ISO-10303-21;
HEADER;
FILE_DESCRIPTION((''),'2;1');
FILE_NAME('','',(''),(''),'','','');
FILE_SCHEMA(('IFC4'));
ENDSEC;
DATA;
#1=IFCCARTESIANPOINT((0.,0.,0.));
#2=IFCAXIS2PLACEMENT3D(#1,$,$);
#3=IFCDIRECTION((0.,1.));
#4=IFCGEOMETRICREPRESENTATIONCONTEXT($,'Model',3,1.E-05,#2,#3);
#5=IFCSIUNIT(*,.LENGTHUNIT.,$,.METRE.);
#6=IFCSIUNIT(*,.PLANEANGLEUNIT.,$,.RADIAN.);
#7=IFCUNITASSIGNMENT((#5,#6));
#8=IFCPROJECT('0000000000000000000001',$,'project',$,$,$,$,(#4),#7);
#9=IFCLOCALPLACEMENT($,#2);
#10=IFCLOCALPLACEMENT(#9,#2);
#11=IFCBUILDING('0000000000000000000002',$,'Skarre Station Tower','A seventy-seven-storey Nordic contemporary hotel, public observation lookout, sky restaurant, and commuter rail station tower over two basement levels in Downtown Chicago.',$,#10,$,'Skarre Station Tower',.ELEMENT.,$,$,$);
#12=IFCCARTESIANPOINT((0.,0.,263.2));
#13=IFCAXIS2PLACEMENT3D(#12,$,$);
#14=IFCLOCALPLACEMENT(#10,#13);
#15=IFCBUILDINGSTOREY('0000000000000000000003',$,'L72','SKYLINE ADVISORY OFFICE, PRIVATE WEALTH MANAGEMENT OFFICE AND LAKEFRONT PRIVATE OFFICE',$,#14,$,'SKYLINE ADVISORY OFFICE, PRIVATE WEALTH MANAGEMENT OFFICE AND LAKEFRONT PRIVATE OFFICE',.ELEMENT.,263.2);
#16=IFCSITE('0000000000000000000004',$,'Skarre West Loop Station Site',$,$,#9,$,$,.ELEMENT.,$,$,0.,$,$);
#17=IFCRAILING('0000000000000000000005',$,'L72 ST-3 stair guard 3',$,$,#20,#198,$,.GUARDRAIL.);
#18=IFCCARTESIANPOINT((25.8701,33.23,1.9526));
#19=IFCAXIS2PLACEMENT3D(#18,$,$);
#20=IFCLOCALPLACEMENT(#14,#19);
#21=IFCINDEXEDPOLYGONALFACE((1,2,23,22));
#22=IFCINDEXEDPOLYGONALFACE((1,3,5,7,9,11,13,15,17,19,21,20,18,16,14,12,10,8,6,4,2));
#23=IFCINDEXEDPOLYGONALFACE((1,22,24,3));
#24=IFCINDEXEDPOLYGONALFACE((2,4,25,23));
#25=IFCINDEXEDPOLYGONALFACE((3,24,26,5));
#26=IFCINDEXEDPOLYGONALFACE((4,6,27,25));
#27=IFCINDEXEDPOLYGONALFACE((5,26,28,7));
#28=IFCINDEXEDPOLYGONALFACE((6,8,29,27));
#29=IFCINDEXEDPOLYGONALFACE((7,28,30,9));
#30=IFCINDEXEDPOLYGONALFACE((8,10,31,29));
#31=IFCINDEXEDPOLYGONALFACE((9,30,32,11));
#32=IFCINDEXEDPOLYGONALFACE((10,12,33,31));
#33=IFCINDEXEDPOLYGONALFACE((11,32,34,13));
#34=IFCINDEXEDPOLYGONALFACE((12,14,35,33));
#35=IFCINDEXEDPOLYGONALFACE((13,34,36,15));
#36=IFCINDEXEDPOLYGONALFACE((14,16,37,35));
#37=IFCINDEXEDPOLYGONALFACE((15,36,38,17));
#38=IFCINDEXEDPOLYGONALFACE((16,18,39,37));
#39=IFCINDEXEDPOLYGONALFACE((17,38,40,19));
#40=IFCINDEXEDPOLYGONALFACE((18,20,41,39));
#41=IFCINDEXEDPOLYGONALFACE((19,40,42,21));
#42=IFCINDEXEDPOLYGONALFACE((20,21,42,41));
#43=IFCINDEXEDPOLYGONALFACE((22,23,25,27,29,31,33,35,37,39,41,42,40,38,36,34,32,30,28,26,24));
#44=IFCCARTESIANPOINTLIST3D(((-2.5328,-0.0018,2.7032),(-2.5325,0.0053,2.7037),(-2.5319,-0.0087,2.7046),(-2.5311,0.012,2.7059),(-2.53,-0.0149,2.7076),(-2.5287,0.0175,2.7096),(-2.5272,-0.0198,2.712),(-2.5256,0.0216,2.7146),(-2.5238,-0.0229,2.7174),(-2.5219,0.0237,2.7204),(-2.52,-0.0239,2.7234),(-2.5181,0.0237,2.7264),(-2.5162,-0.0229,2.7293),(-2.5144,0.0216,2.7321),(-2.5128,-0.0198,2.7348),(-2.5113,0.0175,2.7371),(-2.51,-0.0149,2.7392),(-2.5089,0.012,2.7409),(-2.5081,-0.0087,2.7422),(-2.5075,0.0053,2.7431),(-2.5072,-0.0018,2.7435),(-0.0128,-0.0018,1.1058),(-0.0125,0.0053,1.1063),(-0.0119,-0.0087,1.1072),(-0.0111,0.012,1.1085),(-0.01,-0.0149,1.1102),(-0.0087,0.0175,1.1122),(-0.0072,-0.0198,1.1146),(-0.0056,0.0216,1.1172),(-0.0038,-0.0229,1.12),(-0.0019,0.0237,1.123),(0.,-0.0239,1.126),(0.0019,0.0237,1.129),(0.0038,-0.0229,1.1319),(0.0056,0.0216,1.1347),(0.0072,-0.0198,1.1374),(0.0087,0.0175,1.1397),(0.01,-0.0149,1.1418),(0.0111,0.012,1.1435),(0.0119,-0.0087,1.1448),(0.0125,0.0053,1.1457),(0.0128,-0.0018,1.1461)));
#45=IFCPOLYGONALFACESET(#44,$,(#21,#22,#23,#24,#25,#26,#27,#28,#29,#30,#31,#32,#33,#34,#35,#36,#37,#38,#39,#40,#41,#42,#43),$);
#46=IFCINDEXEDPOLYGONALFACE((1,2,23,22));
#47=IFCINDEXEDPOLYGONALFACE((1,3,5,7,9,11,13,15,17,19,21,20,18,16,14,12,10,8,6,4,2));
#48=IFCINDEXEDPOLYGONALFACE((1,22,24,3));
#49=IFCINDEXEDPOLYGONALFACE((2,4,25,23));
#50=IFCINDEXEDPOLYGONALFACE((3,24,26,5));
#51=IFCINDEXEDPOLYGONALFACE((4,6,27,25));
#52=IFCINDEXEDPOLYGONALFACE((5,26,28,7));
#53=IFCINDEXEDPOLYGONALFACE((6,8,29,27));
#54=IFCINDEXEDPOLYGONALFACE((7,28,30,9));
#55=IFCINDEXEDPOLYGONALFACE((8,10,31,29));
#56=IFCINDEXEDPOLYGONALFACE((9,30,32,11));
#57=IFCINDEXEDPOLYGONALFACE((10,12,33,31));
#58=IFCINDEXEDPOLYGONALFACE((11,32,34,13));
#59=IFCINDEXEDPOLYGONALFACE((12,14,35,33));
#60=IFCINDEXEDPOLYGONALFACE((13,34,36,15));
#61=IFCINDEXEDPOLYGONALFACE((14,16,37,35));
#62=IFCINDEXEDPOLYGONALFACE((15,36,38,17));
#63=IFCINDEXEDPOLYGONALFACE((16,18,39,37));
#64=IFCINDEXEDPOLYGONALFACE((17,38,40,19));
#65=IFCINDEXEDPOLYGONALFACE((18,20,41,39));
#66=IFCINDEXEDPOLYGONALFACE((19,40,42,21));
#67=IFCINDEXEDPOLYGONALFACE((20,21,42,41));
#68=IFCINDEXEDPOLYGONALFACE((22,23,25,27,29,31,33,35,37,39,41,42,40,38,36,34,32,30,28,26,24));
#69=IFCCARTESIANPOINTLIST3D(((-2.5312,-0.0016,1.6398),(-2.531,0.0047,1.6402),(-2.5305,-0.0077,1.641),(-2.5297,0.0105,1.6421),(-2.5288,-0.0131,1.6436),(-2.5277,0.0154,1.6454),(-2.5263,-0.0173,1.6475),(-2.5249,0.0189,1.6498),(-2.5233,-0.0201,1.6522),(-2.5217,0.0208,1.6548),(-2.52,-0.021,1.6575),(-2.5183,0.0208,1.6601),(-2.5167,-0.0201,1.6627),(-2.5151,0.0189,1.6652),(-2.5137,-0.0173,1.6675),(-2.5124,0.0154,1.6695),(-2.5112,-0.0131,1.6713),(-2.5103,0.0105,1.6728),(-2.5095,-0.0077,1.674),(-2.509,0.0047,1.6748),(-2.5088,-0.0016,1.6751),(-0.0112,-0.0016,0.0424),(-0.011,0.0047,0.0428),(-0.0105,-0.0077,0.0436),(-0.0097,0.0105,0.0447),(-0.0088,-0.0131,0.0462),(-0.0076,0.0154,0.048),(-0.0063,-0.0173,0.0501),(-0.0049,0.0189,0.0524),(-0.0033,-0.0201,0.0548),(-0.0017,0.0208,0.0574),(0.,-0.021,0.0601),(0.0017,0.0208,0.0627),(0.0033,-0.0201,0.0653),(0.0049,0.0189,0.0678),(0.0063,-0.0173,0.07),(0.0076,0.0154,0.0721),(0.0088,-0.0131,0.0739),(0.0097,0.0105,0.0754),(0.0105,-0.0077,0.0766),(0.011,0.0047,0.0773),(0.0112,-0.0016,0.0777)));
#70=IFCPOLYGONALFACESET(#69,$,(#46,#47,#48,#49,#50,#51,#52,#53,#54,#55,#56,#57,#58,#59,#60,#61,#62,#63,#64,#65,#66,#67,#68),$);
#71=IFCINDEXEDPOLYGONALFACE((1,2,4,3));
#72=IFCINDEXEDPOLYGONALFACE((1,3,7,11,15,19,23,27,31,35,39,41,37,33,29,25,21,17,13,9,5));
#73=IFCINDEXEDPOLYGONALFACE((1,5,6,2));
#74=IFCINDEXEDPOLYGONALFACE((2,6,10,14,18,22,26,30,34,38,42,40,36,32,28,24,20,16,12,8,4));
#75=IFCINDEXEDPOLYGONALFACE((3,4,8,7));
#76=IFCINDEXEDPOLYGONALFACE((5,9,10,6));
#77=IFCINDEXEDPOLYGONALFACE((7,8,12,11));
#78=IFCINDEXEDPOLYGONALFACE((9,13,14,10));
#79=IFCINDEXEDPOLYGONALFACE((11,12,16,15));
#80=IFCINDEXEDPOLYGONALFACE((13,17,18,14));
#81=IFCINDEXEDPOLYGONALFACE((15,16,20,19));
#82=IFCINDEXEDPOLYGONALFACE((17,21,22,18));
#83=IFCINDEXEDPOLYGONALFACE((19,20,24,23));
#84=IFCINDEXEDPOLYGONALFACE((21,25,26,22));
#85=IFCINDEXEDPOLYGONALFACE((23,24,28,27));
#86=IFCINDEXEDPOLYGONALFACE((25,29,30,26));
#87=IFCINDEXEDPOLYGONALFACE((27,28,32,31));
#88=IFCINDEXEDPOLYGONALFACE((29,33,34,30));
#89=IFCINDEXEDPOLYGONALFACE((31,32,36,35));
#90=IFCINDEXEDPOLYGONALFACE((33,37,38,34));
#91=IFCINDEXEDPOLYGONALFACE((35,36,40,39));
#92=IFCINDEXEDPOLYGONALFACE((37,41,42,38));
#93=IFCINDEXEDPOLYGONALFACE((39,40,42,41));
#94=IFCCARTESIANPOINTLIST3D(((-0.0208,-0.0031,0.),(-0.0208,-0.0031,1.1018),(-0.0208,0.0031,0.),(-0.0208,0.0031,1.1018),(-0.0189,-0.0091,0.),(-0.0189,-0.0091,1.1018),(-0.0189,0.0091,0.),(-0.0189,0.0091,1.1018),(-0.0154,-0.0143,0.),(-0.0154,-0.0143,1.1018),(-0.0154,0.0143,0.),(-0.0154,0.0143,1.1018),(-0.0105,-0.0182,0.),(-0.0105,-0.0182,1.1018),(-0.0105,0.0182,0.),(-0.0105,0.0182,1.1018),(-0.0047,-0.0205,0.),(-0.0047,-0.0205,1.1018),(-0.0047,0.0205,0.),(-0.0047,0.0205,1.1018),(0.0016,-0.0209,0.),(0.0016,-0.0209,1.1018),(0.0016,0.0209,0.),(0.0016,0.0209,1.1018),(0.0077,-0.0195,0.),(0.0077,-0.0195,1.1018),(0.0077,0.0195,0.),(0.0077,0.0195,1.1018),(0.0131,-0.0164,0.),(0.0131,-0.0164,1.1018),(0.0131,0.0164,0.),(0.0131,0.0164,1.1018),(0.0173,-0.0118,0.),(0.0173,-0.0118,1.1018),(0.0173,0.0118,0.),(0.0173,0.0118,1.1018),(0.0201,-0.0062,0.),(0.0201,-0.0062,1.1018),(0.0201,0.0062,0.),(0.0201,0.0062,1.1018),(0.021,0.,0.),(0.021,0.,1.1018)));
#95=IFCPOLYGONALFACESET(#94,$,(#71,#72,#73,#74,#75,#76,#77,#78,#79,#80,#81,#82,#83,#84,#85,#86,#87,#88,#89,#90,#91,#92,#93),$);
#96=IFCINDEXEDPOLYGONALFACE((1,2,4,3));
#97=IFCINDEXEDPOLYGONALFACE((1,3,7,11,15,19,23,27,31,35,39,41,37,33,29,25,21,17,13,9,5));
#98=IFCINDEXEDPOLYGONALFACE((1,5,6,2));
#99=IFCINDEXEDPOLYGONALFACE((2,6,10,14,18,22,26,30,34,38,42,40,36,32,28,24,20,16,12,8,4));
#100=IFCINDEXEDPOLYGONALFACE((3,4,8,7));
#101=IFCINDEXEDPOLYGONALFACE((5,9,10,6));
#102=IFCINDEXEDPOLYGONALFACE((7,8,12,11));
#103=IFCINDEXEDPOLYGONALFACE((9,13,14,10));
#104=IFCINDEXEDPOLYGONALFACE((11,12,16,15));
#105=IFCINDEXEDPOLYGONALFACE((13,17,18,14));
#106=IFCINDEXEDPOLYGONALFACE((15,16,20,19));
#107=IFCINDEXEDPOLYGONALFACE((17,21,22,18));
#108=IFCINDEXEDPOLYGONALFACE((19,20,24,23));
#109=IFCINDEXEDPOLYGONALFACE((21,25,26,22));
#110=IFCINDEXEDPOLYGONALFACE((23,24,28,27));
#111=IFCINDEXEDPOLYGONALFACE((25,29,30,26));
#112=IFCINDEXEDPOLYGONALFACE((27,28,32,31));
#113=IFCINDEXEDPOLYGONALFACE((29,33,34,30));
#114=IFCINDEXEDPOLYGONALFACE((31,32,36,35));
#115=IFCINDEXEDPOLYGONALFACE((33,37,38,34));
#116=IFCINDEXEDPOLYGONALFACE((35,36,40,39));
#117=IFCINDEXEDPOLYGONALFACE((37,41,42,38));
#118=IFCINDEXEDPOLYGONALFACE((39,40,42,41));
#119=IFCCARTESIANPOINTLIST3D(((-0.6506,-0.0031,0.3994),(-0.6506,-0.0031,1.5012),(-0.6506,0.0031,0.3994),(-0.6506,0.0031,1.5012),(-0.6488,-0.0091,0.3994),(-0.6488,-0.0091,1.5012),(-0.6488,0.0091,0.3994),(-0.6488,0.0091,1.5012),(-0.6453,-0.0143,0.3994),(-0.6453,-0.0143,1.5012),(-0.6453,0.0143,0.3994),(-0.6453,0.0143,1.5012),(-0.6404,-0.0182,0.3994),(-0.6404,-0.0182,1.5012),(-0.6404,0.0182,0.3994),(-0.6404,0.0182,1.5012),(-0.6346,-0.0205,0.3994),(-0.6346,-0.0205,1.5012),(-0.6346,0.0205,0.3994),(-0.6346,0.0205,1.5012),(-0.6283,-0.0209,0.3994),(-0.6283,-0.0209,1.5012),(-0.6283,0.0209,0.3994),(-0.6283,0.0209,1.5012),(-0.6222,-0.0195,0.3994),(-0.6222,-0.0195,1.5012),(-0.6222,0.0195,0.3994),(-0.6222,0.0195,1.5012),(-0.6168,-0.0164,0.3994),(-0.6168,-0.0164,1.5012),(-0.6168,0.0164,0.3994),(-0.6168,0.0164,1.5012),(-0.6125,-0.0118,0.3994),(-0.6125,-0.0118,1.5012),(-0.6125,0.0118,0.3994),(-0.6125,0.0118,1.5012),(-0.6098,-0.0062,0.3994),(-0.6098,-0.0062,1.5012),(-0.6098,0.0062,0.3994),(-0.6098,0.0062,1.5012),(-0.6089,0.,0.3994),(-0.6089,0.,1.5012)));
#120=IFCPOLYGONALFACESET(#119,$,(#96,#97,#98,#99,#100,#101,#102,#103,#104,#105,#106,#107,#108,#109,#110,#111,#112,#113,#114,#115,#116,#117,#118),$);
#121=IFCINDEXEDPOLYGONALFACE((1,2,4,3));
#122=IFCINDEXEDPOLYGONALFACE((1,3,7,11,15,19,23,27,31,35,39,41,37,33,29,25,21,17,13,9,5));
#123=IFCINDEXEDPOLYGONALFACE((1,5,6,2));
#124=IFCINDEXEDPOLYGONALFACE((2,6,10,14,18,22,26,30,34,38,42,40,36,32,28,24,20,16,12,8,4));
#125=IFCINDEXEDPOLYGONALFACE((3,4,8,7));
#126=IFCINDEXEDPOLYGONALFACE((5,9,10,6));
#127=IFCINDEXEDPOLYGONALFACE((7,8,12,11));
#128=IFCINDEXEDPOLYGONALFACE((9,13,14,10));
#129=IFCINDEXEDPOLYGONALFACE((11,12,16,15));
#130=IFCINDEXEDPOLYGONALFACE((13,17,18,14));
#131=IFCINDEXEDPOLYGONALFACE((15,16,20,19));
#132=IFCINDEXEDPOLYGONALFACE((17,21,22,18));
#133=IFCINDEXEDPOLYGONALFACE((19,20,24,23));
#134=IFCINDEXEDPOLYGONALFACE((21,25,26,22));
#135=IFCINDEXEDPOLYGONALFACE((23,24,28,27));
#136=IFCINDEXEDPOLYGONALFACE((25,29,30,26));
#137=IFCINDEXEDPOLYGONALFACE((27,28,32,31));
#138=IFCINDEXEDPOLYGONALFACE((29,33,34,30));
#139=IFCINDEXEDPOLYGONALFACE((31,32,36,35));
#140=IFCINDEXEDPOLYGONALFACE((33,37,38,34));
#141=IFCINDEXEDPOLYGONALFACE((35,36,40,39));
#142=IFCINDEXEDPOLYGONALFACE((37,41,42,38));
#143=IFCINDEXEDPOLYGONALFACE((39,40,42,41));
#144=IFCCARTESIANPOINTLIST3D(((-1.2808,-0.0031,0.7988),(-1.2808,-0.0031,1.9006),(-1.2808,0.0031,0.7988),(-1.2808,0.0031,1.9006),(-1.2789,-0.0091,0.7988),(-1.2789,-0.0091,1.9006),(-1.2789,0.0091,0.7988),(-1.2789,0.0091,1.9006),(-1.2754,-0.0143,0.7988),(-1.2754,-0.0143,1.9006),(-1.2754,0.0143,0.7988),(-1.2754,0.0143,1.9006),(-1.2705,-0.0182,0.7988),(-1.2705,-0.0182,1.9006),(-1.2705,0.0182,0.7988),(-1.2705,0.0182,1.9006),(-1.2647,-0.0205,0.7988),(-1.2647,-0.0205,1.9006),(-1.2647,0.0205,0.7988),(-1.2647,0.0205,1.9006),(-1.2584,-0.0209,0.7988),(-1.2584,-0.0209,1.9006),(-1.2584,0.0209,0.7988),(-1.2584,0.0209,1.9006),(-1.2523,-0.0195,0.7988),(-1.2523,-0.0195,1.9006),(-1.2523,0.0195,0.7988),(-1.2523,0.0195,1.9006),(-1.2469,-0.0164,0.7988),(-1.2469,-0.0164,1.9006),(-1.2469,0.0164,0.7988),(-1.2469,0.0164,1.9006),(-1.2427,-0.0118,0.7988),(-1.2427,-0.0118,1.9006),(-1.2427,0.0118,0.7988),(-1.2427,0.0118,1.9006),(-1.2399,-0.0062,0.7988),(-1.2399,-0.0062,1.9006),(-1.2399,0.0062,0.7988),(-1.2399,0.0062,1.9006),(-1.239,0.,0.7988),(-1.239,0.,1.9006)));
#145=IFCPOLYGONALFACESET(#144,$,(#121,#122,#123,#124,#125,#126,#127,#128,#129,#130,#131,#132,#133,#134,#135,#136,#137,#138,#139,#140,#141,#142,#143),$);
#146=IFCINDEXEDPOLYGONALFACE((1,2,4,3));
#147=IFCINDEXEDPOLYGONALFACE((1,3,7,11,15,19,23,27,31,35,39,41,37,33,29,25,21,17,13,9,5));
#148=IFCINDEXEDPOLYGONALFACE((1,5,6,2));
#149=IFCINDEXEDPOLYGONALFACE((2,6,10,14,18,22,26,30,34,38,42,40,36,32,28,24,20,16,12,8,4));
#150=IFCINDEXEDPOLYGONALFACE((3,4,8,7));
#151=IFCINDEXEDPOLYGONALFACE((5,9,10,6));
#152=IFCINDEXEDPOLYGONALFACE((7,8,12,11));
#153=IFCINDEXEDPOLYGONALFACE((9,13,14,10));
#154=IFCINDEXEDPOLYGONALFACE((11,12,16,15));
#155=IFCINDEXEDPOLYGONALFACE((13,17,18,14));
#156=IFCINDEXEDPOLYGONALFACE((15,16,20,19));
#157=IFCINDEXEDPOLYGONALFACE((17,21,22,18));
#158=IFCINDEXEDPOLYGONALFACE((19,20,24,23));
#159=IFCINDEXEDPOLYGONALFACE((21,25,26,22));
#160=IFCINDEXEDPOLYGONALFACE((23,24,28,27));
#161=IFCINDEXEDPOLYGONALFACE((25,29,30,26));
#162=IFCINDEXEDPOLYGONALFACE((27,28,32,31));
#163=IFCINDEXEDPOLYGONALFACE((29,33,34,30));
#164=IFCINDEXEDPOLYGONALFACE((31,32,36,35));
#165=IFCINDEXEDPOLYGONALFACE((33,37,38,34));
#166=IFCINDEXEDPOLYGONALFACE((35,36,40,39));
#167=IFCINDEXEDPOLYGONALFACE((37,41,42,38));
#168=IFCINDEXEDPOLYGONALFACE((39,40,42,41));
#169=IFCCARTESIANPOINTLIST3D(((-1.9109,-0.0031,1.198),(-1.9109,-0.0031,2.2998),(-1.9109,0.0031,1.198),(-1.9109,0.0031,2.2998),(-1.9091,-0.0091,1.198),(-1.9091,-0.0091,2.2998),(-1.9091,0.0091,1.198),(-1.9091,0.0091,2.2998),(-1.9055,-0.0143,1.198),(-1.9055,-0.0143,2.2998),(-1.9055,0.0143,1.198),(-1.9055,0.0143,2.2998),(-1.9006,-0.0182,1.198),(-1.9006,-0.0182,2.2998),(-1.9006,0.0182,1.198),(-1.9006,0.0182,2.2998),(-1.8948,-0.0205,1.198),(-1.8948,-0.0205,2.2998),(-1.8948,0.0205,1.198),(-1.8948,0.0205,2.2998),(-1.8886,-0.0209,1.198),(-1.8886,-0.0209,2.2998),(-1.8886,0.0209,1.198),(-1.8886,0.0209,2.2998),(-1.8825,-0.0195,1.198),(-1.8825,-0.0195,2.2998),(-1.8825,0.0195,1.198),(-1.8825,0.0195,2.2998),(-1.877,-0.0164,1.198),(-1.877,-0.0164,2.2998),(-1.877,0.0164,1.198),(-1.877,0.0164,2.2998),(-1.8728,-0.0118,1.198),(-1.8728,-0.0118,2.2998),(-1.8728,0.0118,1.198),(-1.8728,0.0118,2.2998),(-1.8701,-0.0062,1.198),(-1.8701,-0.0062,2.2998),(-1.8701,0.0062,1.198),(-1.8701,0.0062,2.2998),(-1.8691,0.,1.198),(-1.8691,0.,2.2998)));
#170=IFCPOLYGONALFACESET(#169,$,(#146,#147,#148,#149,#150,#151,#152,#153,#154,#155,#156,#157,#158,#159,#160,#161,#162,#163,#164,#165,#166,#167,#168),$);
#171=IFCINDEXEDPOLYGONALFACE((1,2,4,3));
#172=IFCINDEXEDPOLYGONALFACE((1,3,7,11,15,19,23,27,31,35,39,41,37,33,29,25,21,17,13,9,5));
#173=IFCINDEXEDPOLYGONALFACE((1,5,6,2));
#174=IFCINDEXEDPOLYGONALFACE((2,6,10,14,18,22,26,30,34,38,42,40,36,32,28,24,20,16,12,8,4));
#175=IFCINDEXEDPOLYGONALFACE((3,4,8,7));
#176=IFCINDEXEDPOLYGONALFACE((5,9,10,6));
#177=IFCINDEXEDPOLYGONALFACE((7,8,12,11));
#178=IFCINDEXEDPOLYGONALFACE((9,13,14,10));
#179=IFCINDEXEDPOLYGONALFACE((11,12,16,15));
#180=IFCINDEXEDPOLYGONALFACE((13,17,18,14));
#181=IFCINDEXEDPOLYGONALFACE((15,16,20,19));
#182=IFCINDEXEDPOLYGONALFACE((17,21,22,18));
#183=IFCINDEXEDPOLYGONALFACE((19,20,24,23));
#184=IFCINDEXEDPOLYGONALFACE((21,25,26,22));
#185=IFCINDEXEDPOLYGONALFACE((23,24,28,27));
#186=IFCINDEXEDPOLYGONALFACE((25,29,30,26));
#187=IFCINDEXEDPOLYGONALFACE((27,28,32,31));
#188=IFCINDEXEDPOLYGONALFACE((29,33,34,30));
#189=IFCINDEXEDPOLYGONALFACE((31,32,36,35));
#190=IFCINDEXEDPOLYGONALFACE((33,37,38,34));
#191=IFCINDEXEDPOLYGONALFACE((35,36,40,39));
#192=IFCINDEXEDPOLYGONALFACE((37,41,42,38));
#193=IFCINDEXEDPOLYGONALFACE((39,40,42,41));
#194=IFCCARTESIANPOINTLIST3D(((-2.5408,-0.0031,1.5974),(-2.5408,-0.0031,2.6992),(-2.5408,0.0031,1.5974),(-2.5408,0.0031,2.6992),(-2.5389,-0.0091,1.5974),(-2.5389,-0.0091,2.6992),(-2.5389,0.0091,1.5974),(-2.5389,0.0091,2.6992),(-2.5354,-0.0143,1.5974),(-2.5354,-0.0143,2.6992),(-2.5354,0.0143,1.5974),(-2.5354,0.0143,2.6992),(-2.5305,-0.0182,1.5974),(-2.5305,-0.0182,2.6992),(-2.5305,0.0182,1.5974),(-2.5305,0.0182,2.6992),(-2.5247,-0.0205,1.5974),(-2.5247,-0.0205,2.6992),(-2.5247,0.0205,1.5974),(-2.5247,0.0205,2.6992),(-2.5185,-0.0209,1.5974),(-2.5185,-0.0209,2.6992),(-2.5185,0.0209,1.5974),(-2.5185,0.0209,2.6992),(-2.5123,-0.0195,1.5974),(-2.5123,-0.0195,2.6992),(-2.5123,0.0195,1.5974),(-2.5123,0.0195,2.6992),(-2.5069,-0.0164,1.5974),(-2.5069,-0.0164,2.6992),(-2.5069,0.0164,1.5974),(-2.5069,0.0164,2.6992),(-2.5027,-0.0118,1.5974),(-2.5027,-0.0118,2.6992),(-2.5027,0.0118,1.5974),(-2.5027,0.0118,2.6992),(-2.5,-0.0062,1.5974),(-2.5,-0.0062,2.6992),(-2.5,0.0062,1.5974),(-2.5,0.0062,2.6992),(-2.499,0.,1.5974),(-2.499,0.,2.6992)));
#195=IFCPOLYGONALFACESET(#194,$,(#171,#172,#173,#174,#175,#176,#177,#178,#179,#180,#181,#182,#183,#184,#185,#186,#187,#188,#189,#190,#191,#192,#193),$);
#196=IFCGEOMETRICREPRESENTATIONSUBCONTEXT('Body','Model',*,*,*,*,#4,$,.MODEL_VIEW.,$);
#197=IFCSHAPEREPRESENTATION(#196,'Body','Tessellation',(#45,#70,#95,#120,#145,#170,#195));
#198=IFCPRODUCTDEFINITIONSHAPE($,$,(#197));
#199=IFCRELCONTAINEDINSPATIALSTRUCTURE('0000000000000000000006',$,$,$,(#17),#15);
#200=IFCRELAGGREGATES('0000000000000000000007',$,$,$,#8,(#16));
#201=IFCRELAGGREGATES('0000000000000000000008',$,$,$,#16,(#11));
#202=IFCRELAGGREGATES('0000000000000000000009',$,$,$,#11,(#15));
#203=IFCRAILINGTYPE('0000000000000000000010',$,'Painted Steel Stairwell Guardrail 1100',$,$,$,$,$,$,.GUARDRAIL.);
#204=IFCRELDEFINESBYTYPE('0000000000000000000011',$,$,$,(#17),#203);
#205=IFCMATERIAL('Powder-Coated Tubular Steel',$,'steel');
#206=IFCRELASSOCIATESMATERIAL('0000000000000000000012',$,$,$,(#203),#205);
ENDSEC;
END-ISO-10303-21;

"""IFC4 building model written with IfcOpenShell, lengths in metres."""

from ifc_helpers import new_model, si_unit, direction, frame, origin, origin_2d, place, context, subcontext, project, spatial, circle, extrude, material, type_object, element, save


model = new_model("IFC4")

# Units and contexts
model_context = context("Model", 3, precision=1e-05, world=origin(), true_north=direction((0.0, 1.0)))
body_context = subcontext(model_context, "Body", "Model", "MODEL_VIEW")
ifc_project = project(units=[si_unit("LENGTHUNIT", "METRE"), si_unit("PLANEANGLEUNIT", "RADIAN")], contexts=[model_context])

# Site, building, storey
site_placement = place(None, origin())
site = spatial("IfcSite", under=ifc_project, at=site_placement, Name="Skarre West Loop Station Site", CompositionType="ELEMENT", RefElevation=0.0)
building_placement = place(site_placement, origin())
building = spatial("IfcBuilding", under=site, at=building_placement, Name="Skarre Station Tower", Description="A seventy-seven-storey Nordic contemporary hotel, public observation lookout, sky restaurant, and commuter rail station tower over two basement levels in Downtown Chicago.", LongName="Skarre Station Tower", CompositionType="ELEMENT")
storey_placement = place(building_placement, frame((0.0, 0.0, 263.2)))
storey = spatial("IfcBuildingStorey", under=building, at=storey_placement, Name="L72", Description="SKYLINE ADVISORY OFFICE, PRIVATE WEALTH MANAGEMENT OFFICE AND LAKEFRONT PRIVATE OFFICE", LongName="SKYLINE ADVISORY OFFICE, PRIVATE WEALTH MANAGEMENT OFFICE AND LAKEFRONT PRIVATE OFFICE", CompositionType="ELEMENT", Elevation=263.2)

# Railing
ifc_material_1 = material(Name="Powder-Coated Tubular Steel", Category="steel")
railing_type_1 = type_object("IfcRailingType", Name="Painted Steel Stairwell Guardrail 1100", PredefinedType="GUARDRAIL", material=ifc_material_1)
railing_1_placement = place(storey_placement, frame((25.8701, 33.23, 1.9526)))
element("IfcRailing", 1, at=railing_1_placement, inside=storey, type_object=railing_type_1, Name="L72 ST-3 stair guard 3", PredefinedType="GUARDRAIL", context=body_context, shape_type="SweptSolid", body=[
    extrude(circle(Radius=0.0239, at=origin_2d()), frame((0.0, 0.0, 1.126), z_axis=(-0.844607, 0.0, 0.535387), x_axis=(0.0, -1.0, 0.0)), (0.0, 0.0, 1.0), 2.9836),
    extrude(circle(Radius=0.021, at=origin_2d()), frame((0.0, 0.0, 0.0601), z_axis=(-0.844607, 0.0, 0.535387), x_axis=(0.0, -1.0, 0.0)), (0.0, 0.0, 1.0), 2.9836),
    extrude(circle(Radius=0.021, at=origin_2d()), origin(), (0.0, 0.0, 1.0), 1.1018),
    extrude(circle(Radius=0.021, at=origin_2d()), frame((-0.6299, 0.0, 0.3994)), (0.0, 0.0, 1.0), 1.1018),
    extrude(circle(Radius=0.021, at=origin_2d()), frame((-1.26, 0.0, 0.7988)), (0.0, 0.0, 1.0), 1.1018),
    extrude(circle(Radius=0.021, at=origin_2d()), frame((-1.8901, 0.0, 1.198)), (0.0, 0.0, 1.0), 1.1018),
    extrude(circle(Radius=0.021, at=origin_2d()), frame((-2.52, 0.0, 1.5974)), (0.0, 0.0, 1.0), 1.1018),
])

save(model, "model.ifc")
